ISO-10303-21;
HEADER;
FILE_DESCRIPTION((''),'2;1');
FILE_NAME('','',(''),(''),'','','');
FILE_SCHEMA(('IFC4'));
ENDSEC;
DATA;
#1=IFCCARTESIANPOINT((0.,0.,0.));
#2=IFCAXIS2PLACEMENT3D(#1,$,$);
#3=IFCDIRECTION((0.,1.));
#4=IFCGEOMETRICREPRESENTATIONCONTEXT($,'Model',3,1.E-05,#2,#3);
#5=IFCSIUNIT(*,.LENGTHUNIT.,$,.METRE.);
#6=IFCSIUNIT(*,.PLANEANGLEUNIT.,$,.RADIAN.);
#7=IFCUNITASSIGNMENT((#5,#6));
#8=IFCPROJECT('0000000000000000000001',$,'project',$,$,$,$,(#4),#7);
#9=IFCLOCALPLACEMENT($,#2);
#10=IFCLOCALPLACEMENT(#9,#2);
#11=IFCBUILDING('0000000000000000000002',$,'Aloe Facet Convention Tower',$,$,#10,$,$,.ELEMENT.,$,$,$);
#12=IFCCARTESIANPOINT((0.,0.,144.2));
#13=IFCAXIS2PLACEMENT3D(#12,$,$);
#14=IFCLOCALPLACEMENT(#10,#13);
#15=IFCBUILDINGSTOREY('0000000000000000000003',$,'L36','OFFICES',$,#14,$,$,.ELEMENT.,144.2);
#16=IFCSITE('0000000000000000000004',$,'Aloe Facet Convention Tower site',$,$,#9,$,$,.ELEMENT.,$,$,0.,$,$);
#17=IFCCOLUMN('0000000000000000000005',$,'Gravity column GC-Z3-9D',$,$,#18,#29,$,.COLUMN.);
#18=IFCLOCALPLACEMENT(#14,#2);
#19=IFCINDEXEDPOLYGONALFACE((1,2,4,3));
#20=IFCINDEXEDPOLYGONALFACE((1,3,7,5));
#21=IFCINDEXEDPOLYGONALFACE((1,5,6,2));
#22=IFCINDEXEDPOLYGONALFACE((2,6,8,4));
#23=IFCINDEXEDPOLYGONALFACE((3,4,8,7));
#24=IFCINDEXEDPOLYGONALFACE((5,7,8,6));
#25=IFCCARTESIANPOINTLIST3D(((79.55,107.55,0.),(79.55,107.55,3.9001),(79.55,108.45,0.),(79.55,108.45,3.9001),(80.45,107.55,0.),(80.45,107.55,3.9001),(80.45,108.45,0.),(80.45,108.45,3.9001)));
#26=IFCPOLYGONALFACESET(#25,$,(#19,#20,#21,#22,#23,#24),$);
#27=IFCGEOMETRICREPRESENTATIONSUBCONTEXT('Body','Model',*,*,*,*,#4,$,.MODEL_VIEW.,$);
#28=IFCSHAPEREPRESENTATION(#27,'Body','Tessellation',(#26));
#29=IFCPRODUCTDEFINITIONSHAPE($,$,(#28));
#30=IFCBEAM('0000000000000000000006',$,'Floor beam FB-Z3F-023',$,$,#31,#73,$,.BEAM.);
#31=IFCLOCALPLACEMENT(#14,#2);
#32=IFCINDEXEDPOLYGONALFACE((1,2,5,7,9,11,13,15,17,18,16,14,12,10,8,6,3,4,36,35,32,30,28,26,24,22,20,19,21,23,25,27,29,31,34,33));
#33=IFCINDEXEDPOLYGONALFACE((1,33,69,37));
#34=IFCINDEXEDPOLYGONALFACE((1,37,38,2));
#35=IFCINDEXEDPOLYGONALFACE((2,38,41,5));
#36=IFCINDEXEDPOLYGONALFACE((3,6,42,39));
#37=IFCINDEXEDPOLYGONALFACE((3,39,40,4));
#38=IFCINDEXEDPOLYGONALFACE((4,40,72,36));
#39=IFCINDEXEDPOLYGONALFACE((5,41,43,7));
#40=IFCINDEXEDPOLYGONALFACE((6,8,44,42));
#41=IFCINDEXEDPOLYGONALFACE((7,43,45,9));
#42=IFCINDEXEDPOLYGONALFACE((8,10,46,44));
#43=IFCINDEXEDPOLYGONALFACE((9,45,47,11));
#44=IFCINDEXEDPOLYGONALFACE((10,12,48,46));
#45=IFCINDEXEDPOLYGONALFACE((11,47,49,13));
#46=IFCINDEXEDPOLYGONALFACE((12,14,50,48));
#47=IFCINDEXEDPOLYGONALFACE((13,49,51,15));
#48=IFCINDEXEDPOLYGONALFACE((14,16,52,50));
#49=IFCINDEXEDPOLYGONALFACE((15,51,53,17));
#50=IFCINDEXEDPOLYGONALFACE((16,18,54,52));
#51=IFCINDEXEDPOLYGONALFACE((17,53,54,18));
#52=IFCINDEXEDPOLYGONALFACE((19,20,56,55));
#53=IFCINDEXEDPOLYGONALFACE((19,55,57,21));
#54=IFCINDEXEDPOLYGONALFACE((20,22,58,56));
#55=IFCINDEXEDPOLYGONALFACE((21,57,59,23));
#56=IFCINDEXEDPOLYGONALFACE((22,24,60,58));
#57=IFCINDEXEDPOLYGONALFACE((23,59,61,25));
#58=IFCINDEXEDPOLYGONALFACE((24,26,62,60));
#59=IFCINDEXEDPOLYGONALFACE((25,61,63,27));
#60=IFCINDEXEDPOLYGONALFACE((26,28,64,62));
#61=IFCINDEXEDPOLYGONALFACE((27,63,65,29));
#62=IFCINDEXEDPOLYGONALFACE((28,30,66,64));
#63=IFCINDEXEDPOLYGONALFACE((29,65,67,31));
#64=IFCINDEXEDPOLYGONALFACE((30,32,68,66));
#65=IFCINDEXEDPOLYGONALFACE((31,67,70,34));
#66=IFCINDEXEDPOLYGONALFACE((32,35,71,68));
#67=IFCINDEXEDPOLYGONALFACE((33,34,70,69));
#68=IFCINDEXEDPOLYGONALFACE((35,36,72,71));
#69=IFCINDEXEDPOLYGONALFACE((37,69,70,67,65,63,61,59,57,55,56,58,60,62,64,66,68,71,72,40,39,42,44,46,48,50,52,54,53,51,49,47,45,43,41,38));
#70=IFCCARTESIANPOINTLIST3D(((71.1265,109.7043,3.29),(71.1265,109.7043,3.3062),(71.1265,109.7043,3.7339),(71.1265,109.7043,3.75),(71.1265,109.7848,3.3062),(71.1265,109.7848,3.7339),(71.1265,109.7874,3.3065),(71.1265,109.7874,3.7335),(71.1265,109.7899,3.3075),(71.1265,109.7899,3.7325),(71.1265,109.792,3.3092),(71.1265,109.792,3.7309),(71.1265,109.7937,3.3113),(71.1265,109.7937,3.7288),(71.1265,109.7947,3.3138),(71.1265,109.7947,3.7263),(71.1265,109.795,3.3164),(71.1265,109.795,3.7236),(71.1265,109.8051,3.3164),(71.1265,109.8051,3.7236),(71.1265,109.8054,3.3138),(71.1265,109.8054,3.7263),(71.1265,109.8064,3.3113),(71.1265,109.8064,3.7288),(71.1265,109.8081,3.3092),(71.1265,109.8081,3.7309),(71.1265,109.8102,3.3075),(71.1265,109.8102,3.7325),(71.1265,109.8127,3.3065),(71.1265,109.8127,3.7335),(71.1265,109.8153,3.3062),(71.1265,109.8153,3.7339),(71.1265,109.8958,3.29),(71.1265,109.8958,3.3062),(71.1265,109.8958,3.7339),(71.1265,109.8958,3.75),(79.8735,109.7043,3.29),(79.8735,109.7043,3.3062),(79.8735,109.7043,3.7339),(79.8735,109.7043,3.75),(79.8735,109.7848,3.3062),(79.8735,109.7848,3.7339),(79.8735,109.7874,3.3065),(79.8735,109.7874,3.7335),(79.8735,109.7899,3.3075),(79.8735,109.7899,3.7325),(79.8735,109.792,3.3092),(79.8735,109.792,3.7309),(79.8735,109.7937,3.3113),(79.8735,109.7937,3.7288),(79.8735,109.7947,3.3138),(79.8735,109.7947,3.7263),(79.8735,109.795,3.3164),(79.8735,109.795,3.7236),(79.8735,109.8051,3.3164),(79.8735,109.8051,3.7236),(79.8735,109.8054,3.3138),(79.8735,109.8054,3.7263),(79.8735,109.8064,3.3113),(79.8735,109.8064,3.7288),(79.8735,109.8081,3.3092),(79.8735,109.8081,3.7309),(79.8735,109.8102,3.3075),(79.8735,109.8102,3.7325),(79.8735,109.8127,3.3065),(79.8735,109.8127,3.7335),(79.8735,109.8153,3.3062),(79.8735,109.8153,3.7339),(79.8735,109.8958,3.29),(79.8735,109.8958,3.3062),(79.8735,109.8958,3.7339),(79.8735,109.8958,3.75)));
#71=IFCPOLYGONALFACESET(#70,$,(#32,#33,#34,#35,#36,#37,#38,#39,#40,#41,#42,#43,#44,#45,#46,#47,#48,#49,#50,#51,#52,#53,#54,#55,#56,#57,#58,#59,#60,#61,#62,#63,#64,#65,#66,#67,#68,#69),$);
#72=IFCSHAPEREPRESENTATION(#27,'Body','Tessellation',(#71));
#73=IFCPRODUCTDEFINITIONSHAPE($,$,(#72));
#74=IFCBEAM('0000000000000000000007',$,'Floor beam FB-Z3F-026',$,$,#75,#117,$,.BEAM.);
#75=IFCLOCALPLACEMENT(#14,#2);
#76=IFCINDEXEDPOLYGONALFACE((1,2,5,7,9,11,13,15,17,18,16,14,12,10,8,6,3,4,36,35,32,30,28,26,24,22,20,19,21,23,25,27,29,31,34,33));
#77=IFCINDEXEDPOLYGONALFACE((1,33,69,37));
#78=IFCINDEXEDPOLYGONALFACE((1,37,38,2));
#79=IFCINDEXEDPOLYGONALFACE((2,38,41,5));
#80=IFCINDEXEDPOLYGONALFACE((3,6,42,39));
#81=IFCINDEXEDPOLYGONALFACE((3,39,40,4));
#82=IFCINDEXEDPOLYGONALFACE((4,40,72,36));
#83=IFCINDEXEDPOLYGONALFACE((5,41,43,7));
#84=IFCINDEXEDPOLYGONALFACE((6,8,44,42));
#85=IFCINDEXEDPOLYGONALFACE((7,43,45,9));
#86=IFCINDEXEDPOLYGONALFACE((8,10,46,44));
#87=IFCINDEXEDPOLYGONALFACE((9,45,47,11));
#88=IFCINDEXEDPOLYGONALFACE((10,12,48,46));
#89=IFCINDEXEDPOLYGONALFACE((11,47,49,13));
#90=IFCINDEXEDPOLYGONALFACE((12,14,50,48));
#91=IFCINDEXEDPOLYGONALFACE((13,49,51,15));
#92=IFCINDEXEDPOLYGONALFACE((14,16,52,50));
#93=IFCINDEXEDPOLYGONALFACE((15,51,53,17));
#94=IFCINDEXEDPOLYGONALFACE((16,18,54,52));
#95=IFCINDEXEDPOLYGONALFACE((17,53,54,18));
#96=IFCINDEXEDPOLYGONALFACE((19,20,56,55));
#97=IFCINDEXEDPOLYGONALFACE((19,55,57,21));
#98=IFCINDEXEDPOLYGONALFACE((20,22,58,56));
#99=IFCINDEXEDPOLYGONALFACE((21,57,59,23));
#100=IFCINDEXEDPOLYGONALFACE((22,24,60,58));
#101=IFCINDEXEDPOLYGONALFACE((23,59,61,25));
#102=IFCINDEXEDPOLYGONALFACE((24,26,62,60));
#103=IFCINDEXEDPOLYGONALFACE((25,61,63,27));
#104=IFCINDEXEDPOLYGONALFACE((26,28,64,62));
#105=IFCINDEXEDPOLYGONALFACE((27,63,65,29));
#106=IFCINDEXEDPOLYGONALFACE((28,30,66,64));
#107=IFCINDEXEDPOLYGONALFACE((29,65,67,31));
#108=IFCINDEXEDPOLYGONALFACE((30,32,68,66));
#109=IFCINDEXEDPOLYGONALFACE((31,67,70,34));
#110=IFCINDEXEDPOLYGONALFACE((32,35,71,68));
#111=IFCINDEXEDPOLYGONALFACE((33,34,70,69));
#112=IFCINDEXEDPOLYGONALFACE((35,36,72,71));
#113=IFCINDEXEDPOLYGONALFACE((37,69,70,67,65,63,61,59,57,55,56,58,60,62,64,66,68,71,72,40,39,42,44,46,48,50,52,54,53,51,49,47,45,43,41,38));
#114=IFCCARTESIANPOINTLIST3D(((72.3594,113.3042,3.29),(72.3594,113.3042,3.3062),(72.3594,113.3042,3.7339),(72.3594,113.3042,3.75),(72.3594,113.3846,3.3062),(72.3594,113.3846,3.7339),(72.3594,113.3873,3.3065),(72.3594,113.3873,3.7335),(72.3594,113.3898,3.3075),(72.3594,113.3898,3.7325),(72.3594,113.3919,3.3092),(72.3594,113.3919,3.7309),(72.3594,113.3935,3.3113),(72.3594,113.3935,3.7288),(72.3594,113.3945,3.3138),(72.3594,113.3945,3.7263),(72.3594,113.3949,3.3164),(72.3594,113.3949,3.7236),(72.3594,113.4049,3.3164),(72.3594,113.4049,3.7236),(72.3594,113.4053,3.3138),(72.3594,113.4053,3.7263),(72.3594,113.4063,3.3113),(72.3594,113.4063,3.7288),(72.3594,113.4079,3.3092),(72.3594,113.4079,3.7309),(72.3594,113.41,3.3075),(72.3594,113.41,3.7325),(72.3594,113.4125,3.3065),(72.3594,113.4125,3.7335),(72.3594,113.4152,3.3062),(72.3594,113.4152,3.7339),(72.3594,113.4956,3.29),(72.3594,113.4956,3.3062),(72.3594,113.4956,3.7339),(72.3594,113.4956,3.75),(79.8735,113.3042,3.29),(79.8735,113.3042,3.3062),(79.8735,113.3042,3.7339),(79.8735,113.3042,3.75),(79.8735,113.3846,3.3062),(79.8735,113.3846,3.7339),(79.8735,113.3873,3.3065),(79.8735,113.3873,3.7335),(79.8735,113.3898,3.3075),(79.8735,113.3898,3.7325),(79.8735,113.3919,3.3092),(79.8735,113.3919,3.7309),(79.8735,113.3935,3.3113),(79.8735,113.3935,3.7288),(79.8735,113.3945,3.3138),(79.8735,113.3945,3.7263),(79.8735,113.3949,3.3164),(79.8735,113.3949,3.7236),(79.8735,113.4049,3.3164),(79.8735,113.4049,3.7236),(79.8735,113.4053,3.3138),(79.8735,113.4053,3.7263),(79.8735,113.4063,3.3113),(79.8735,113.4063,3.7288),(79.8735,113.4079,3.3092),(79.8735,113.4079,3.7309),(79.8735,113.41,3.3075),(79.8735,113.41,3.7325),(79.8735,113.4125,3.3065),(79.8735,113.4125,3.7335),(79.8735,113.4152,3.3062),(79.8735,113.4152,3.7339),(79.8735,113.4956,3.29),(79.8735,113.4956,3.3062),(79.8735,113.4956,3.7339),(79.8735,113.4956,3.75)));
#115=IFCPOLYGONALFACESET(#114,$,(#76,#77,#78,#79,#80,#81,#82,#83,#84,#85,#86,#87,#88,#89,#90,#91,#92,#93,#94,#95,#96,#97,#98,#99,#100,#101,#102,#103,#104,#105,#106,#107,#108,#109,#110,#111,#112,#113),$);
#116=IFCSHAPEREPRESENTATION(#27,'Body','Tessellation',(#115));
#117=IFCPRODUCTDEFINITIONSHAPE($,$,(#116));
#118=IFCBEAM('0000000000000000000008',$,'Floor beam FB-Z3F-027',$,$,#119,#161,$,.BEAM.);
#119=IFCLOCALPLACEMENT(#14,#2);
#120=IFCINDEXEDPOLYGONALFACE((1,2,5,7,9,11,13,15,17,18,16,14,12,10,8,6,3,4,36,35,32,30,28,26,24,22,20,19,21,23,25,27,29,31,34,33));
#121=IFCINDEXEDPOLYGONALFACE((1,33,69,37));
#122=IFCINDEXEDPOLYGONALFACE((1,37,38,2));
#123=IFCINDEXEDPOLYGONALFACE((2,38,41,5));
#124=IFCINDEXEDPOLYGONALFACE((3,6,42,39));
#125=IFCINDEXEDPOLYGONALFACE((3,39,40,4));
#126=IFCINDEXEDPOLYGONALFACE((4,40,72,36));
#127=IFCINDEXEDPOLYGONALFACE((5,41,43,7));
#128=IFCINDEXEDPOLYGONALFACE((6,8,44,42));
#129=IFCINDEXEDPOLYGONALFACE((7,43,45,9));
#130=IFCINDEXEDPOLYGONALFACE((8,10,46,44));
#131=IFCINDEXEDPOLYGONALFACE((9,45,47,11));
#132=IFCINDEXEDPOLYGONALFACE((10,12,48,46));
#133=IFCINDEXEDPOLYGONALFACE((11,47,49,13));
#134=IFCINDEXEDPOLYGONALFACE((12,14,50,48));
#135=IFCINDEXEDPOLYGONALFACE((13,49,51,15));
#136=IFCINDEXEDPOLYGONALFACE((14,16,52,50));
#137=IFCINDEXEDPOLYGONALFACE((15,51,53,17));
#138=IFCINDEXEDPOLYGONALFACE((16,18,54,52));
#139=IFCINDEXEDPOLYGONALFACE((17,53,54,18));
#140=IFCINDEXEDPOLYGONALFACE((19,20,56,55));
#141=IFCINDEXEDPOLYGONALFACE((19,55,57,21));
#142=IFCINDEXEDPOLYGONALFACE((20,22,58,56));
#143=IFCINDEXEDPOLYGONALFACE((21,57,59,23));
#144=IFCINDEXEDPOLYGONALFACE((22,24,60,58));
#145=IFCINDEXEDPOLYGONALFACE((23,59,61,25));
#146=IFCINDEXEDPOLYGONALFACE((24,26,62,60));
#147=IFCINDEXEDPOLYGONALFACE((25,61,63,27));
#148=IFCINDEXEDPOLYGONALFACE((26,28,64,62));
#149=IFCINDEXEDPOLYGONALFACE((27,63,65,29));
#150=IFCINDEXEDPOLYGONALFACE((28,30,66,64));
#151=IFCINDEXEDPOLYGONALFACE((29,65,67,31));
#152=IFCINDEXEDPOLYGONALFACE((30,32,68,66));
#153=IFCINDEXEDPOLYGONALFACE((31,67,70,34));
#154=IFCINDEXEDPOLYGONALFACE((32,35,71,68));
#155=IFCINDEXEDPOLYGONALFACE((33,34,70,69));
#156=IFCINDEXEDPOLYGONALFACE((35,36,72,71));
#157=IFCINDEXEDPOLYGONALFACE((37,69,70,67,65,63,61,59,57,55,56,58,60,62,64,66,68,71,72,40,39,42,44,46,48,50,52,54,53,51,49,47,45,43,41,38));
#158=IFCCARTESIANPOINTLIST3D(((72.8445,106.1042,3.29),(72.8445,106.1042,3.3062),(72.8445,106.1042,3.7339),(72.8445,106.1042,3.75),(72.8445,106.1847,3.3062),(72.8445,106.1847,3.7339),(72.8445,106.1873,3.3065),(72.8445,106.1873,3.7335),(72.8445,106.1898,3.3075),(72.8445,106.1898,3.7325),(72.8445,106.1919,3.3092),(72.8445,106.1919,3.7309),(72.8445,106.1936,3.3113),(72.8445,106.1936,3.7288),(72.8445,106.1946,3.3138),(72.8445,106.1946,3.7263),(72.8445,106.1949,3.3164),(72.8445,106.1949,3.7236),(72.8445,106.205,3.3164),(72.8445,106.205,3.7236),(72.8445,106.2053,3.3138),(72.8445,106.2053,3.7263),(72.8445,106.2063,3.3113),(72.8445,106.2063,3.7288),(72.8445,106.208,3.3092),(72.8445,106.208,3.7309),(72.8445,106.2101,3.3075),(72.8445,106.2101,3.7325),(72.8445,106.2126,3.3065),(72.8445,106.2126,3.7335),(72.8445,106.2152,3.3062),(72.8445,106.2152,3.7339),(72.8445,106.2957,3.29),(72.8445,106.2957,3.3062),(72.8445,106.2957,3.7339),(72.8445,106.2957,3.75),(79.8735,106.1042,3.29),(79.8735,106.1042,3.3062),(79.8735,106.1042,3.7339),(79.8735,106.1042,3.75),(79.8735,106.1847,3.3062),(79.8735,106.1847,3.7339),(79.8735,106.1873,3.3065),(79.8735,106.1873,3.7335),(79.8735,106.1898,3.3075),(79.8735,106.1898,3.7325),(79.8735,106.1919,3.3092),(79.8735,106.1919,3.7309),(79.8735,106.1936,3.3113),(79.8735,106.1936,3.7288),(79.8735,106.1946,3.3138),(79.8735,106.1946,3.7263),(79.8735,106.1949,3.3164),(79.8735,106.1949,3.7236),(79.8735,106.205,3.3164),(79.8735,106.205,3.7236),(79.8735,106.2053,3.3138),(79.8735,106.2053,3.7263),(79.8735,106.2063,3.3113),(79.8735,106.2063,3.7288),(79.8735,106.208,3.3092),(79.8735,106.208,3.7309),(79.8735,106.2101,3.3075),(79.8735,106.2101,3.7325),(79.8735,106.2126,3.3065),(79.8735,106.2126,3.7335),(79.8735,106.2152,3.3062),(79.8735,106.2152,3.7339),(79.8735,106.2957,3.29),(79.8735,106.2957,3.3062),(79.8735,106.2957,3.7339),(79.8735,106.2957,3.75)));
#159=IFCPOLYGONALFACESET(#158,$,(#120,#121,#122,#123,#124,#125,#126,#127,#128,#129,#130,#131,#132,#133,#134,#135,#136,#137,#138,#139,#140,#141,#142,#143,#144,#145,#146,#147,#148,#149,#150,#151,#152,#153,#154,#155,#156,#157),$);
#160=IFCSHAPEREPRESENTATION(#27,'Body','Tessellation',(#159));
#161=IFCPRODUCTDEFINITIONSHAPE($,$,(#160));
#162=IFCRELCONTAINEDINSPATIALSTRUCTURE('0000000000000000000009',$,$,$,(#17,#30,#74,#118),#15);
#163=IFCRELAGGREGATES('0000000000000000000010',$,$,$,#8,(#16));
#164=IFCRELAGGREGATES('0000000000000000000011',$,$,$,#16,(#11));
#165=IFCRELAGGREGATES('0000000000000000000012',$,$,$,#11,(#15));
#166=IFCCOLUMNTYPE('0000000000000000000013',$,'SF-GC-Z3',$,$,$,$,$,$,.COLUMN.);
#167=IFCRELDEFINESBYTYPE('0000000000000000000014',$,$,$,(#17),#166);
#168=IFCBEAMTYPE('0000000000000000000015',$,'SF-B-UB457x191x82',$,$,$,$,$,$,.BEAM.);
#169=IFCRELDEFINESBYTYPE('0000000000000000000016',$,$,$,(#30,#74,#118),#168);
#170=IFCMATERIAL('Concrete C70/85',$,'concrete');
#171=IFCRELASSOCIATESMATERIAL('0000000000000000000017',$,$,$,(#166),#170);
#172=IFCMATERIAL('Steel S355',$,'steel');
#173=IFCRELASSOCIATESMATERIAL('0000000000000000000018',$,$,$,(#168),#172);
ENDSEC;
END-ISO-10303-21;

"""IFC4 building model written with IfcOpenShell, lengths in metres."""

from ifc_helpers import new_model, si_unit, direction, frame, origin, origin_2d, place, context, subcontext, project, spatial, rectangle, i_section, extrude, material, material_profile, profile_set, type_object, element, save


model = new_model("IFC4")

# Units and contexts
model_context = context("Model", 3, precision=1e-05, world=origin(), true_north=direction((0.0, 1.0)))
body_context = subcontext(model_context, "Body", "Model", "MODEL_VIEW")
ifc_project = project(units=[si_unit("LENGTHUNIT", "METRE"), si_unit("PLANEANGLEUNIT", "RADIAN")], contexts=[model_context])

# Site, building, storey
site_placement = place(None, origin())
site = spatial("IfcSite", under=ifc_project, at=site_placement, Name="Aloe Facet Convention Tower site", CompositionType="ELEMENT", RefElevation=0.0)
building_placement = place(site_placement, origin())
building = spatial("IfcBuilding", under=site, at=building_placement, Name="Aloe Facet Convention Tower", CompositionType="ELEMENT")
storey_placement = place(building_placement, frame((0.0, 0.0, 144.2)))
storey = spatial("IfcBuildingStorey", under=building, at=storey_placement, Name="L36", Description="OFFICES", CompositionType="ELEMENT", Elevation=144.2)

# Column
ifc_material_1 = material(Name="Concrete C70/85", Category="concrete")
ifc_material_profile_1 = material_profile(ifc_material_1, rectangle(XDim=0.8999, YDim=0.8999, at=origin_2d()), Name="SF-GC-Z3")
ifc_profile_set_1 = profile_set([ifc_material_profile_1], Name="Concrete C70/85")
column_type = type_object("IfcColumnType", Name="SF-GC-Z3", PredefinedType="COLUMN", material=ifc_profile_set_1)
column_placement = place(storey_placement, frame((80.0, 108.0, 0.0), z_axis=(0.0, 0.0, 1.0), x_axis=(1.0, 0.0, 0.0)))
element("IfcColumn", 1, at=column_placement, inside=storey, type_object=column_type, Name="Gravity column GC-Z3-9D", PredefinedType="COLUMN", context=body_context, shape_type="SweptSolid", body=[
    extrude(rectangle(XDim=0.8999, YDim=0.8999, at=origin_2d()), origin(), (0.0, 0.0, 1.0), 3.9001),
])

# Beams
ifc_material_2 = material(Name="Steel S355", Category="steel")
ifc_material_profile_2 = material_profile(ifc_material_2, i_section(OverallWidth=0.1914, OverallDepth=0.46, WebThickness=0.01, FlangeThickness=0.0161, FilletRadius=0.0103, at=origin_2d()), Name="UB 457x191x82")
ifc_profile_set_2 = profile_set([ifc_material_profile_2], Name="Steel S355")
beam_type_1 = type_object("IfcBeamType", Name="SF-B-UB457x191x82", PredefinedType="BEAM", material=ifc_profile_set_2)
beam_1_placement = place(storey_placement, frame((71.1265, 109.8, 3.52), z_axis=(1.0, 0.0, 0.0), x_axis=(0.0, 1.0, 0.0)))
element("IfcBeam", 2, at=beam_1_placement, inside=storey, type_object=beam_type_1, Name="Floor beam FB-Z3F-023", PredefinedType="BEAM", context=body_context, shape_type="SweptSolid", body=[
    extrude(i_section(OverallWidth=0.1914, OverallDepth=0.46, WebThickness=0.01, FlangeThickness=0.0161, FilletRadius=0.0103, at=origin_2d()), origin(), (0.0, 0.0, 1.0), 8.7471),
])
beam_2_placement = place(storey_placement, frame((72.3594, 113.3999, 3.52), z_axis=(1.0, 0.0, 0.0), x_axis=(0.0, 1.0, 0.0)))
element("IfcBeam", 3, at=beam_2_placement, inside=storey, type_object=beam_type_1, Name="Floor beam FB-Z3F-026", PredefinedType="BEAM", context=body_context, shape_type="SweptSolid", body=[
    extrude(i_section(OverallWidth=0.1914, OverallDepth=0.46, WebThickness=0.01, FlangeThickness=0.0161, FilletRadius=0.0103, at=origin_2d()), origin(), (0.0, 0.0, 1.0), 7.5142),
])
beam_3_placement = place(storey_placement, frame((72.8445, 106.2, 3.52), z_axis=(1.0, 0.0, 0.0), x_axis=(0.0, 1.0, 0.0)))
element("IfcBeam", 4, at=beam_3_placement, inside=storey, type_object=beam_type_1, Name="Floor beam FB-Z3F-027", PredefinedType="BEAM", context=body_context, shape_type="SweptSolid", body=[
    extrude(i_section(OverallWidth=0.1914, OverallDepth=0.46, WebThickness=0.01, FlangeThickness=0.0161, FilletRadius=0.0103, at=origin_2d()), origin(), (0.0, 0.0, 1.0), 7.0291),
])

save(model, "model.ifc")
